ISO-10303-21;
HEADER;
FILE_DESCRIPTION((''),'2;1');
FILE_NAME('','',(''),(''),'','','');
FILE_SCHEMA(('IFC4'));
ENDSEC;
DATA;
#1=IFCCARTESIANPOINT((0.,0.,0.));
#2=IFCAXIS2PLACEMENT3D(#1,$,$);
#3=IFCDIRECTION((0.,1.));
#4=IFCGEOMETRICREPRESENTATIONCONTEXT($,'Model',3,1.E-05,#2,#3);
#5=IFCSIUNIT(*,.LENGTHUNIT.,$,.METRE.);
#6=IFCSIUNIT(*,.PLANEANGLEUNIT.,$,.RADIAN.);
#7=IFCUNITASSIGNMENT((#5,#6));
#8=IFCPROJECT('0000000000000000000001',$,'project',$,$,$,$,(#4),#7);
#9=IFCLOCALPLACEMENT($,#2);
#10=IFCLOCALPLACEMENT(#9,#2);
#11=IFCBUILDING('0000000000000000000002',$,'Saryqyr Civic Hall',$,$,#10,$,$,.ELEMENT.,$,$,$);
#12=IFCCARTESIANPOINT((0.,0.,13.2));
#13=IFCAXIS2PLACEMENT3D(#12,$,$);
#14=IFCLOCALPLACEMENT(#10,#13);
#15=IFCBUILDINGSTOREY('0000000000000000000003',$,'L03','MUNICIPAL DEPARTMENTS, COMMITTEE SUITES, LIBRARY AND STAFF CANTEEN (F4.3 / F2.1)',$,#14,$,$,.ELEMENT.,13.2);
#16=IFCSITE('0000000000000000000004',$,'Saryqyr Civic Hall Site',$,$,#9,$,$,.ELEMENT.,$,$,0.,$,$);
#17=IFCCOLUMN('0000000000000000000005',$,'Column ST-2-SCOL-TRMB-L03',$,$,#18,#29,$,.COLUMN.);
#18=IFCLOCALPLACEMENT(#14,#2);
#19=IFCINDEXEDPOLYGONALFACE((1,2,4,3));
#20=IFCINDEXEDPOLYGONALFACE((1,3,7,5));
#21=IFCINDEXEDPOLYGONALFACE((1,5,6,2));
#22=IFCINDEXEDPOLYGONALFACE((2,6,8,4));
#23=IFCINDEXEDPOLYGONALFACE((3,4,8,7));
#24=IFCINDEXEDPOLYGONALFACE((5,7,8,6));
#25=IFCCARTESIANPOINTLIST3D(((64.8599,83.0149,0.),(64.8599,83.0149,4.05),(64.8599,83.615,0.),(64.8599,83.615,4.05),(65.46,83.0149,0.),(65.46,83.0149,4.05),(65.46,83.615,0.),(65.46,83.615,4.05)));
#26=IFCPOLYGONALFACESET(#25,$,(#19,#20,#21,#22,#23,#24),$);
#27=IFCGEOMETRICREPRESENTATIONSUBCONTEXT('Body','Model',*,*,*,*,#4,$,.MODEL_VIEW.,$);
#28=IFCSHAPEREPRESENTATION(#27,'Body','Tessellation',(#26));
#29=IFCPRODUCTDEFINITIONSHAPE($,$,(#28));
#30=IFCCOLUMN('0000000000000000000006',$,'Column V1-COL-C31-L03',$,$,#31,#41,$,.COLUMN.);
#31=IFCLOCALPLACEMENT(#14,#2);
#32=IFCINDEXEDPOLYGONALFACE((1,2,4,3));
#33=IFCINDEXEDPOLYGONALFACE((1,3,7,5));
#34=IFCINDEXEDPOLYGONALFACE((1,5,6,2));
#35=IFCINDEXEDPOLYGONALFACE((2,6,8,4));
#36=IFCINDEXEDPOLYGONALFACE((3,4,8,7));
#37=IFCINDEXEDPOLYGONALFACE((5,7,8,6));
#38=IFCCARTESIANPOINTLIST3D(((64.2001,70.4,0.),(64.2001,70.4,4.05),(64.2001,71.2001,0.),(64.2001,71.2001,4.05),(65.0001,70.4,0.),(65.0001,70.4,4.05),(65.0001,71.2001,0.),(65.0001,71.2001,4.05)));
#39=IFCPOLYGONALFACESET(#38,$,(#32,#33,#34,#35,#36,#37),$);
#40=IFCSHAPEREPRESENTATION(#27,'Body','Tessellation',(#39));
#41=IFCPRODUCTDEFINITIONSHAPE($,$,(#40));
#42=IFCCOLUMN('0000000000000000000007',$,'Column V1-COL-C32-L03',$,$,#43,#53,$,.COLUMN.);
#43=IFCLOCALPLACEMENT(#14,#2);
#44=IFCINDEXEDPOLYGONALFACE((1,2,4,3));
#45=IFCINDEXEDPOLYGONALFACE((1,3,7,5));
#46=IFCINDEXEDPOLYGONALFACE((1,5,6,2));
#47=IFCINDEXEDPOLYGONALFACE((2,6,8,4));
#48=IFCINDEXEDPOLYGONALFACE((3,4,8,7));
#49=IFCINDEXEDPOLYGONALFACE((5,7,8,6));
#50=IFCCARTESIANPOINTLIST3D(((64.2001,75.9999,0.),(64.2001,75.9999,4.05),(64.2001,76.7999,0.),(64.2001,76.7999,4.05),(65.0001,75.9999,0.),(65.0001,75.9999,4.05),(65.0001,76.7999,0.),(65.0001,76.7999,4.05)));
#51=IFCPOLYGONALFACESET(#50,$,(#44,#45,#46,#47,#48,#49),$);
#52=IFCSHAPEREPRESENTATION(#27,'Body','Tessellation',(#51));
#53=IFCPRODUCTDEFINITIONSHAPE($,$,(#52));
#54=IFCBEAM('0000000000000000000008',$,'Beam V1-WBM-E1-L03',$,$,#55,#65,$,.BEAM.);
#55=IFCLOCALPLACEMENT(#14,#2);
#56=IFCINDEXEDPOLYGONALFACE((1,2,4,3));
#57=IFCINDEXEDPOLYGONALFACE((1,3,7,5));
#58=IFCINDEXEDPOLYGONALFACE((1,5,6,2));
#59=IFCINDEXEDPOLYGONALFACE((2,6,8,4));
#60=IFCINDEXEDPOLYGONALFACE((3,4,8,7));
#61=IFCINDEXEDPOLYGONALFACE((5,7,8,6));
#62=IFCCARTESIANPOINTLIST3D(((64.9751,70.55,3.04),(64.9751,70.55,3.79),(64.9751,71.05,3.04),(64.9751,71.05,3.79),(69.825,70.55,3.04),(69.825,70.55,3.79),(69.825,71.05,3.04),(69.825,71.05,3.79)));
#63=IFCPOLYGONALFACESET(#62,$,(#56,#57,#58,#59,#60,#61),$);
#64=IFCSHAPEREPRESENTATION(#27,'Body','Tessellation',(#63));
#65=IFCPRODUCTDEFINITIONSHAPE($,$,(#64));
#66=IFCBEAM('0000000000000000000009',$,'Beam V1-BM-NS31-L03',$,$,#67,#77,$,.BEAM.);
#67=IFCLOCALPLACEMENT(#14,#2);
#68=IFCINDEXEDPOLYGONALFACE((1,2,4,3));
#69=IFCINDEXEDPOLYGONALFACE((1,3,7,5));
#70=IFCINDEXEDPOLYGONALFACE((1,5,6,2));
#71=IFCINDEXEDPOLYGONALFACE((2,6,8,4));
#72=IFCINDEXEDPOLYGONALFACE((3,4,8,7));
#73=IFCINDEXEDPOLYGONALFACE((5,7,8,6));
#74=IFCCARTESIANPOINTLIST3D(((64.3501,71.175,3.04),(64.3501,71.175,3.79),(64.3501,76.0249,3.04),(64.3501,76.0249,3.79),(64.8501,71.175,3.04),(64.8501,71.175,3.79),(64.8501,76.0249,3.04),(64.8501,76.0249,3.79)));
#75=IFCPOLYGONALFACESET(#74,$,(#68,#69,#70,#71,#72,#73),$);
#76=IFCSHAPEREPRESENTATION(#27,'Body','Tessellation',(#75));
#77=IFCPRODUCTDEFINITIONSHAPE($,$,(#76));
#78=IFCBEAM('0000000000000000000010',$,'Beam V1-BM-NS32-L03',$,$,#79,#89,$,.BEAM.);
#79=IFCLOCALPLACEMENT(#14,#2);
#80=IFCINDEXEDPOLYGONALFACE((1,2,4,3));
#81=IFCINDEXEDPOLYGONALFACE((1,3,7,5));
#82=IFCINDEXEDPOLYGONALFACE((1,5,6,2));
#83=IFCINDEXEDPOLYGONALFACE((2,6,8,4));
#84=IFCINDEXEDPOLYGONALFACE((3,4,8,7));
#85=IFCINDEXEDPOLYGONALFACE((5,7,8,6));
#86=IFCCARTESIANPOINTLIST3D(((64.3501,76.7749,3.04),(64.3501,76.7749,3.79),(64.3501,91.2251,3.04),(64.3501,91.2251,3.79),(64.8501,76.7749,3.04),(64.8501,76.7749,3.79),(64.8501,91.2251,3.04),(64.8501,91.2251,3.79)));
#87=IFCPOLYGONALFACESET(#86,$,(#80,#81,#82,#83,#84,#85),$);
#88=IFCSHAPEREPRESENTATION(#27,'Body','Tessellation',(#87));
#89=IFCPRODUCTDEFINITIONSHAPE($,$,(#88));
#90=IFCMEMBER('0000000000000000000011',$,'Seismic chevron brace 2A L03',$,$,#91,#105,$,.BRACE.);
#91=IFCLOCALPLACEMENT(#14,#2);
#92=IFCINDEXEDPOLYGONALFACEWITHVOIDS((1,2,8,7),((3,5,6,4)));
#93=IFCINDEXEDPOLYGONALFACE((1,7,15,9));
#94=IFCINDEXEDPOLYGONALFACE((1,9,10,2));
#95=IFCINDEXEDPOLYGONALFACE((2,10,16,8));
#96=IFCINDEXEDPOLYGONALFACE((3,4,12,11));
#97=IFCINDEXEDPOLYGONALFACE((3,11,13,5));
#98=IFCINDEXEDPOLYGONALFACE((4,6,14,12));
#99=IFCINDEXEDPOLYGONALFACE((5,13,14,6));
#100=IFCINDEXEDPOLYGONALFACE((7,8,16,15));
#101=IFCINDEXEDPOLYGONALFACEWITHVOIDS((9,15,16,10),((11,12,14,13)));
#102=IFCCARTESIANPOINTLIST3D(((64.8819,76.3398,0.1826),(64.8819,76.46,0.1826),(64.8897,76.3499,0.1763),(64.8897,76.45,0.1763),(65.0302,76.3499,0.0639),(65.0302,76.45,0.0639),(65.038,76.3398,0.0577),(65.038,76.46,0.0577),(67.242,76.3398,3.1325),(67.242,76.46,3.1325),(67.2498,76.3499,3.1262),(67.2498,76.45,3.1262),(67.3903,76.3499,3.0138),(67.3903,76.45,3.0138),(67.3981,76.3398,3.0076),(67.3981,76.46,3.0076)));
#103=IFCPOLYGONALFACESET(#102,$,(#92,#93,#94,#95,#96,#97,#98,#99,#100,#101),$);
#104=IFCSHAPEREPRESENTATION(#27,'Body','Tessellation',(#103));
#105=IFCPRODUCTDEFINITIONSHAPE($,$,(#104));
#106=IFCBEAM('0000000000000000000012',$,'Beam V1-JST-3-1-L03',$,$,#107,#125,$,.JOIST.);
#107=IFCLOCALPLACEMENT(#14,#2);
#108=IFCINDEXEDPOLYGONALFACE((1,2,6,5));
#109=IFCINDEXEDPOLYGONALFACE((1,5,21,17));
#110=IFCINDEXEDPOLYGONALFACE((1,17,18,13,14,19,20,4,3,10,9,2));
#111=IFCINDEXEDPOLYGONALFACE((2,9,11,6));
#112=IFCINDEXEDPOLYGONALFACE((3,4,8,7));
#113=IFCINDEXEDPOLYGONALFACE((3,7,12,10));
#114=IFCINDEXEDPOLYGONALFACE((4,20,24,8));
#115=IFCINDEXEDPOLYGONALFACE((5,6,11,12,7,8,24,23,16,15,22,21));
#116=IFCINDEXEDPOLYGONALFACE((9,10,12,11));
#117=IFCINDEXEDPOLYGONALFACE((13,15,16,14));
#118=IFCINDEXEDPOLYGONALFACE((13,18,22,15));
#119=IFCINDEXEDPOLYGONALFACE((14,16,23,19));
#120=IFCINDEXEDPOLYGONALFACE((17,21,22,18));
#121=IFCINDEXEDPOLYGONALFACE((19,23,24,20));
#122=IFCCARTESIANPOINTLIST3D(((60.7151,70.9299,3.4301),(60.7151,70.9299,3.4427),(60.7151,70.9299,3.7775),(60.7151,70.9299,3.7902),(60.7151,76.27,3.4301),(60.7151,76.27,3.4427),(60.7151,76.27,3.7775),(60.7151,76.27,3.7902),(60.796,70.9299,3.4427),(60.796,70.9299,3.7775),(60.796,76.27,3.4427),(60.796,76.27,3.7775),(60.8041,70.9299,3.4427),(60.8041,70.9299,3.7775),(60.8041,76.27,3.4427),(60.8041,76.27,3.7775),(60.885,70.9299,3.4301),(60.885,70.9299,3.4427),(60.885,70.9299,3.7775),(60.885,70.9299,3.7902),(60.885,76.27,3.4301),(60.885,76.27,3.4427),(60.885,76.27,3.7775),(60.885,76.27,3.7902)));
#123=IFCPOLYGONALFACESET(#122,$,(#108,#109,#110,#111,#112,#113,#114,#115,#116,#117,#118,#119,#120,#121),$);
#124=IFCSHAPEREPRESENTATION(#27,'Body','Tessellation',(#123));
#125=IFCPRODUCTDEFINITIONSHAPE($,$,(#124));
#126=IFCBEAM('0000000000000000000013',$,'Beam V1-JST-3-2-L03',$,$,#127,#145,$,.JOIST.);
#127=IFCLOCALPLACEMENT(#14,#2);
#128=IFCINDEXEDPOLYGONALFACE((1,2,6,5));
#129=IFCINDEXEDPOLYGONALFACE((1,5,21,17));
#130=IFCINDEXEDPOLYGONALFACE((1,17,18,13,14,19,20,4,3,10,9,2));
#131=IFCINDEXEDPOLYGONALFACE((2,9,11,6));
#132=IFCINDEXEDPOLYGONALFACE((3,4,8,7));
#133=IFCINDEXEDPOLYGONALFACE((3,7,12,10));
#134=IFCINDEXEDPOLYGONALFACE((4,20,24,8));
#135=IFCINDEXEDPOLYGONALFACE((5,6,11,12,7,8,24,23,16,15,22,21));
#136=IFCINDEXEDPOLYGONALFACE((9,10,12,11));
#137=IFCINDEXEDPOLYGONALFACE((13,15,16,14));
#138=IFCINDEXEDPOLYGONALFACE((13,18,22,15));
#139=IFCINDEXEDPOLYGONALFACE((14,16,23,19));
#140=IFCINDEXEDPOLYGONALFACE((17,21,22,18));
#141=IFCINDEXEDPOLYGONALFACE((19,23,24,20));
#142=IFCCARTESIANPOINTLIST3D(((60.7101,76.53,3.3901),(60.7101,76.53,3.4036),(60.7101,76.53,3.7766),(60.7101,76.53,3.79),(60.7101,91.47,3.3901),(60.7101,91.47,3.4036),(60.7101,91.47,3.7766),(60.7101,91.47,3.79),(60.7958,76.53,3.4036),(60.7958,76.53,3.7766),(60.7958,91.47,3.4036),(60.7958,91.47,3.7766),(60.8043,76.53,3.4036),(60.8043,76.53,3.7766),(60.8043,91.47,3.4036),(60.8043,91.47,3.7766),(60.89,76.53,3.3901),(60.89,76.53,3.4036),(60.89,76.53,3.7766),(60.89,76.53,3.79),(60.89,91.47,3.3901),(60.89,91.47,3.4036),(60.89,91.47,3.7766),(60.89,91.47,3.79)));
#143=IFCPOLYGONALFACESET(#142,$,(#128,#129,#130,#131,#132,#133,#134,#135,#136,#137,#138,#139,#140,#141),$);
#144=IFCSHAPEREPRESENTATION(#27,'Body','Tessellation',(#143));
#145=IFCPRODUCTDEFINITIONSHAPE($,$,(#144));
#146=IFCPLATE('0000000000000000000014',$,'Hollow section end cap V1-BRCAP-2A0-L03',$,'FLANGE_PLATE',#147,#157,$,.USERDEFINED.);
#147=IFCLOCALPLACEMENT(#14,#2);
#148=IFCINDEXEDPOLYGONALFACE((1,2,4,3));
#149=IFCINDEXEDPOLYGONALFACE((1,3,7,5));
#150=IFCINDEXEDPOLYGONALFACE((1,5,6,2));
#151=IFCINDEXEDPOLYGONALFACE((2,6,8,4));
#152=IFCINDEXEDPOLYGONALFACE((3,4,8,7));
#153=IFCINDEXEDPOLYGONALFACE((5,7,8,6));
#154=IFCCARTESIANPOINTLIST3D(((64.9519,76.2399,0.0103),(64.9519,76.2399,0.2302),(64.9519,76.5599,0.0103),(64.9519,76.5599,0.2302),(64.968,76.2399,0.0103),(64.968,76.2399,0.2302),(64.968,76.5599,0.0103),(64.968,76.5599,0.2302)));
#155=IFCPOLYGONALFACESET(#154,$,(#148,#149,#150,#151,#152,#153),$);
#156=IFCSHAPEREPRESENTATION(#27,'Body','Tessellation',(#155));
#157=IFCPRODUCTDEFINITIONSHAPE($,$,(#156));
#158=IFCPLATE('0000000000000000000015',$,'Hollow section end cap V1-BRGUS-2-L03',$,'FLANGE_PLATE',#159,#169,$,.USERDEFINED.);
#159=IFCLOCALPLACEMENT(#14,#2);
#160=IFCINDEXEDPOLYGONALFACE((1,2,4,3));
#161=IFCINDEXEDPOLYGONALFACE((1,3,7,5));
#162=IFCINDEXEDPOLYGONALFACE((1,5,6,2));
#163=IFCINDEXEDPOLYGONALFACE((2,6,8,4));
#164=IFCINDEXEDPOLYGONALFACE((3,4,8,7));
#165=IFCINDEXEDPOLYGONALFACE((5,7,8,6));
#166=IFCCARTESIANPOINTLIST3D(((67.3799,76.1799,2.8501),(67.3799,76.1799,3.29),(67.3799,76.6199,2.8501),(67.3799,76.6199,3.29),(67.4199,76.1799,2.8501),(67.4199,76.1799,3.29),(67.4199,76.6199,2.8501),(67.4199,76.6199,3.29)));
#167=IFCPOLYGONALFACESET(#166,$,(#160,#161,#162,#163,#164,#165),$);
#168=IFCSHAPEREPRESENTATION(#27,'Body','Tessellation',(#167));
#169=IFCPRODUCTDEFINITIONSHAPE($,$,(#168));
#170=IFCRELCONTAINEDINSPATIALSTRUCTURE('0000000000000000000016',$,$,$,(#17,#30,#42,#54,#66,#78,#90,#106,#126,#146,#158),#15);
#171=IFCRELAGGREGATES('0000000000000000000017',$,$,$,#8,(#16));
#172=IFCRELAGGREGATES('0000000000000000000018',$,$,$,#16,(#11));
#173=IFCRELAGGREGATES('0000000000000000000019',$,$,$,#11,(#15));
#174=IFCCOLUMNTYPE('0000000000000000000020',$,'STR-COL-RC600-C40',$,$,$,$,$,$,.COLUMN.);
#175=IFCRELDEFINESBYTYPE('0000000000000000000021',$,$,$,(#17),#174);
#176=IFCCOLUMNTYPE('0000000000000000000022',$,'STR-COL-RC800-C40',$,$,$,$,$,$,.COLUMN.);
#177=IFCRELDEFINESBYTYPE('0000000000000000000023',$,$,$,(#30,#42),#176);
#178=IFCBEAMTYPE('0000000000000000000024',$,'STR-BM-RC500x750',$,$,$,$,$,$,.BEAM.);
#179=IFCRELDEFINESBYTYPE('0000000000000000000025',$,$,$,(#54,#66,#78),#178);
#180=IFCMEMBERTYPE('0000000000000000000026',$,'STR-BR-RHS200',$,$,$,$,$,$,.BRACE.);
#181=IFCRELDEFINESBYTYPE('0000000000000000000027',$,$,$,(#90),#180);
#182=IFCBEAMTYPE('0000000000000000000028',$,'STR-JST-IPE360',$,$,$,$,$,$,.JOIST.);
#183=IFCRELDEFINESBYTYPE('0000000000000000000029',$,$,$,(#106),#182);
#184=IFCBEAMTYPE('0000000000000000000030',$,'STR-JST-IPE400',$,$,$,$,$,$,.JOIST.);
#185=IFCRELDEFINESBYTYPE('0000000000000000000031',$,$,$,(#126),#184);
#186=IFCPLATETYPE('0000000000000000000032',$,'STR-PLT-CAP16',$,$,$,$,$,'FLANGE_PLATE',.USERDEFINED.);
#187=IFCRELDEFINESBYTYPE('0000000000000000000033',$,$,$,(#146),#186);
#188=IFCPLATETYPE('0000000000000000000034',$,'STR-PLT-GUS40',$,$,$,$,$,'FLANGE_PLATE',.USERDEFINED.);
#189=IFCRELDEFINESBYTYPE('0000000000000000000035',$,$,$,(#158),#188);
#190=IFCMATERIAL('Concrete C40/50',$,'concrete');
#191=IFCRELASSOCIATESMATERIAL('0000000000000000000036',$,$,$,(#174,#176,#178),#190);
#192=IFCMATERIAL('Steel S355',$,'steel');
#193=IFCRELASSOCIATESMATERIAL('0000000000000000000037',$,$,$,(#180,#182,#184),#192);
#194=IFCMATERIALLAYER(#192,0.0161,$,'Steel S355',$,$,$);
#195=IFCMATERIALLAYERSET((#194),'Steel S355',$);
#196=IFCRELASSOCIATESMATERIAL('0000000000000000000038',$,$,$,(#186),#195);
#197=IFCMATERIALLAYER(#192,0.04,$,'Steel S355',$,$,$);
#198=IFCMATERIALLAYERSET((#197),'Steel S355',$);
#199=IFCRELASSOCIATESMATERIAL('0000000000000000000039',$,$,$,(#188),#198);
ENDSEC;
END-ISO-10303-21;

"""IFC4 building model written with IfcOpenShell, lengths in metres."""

from ifc_helpers import new_model, si_unit, direction, frame, origin, origin_2d, place, context, subcontext, project, spatial, rectangle, hollow_rectangle, i_section, extrude, material, layer, layer_set, material_profile, profile_set, type_object, element, save


model = new_model("IFC4")

# Units and contexts
model_context = context("Model", 3, precision=1e-05, world=origin(), true_north=direction((0.0, 1.0)))
body_context = subcontext(model_context, "Body", "Model", "MODEL_VIEW")
ifc_project = project(units=[si_unit("LENGTHUNIT", "METRE"), si_unit("PLANEANGLEUNIT", "RADIAN")], contexts=[model_context])

# Site, building, storey
site_placement = place(None, origin())
site = spatial("IfcSite", under=ifc_project, at=site_placement, Name="Saryqyr Civic Hall Site", CompositionType="ELEMENT", RefElevation=0.0)
building_placement = place(site_placement, origin())
building = spatial("IfcBuilding", under=site, at=building_placement, Name="Saryqyr Civic Hall", CompositionType="ELEMENT")
storey_placement = place(building_placement, frame((0.0, 0.0, 13.2)))
storey = spatial("IfcBuildingStorey", under=building, at=storey_placement, Name="L03", Description="MUNICIPAL DEPARTMENTS, COMMITTEE SUITES, LIBRARY AND STAFF CANTEEN (F4.3 / F2.1)", CompositionType="ELEMENT", Elevation=13.2)

# Columns
ifc_material_1 = material(Name="Concrete C40/50", Category="concrete")
ifc_material_profile_1 = material_profile(ifc_material_1, rectangle(XDim=0.6001, YDim=0.6001, at=origin_2d()), Name="RC 600x600")
ifc_profile_set_1 = profile_set([ifc_material_profile_1], Name="Concrete C40/50")
column_type_1 = type_object("IfcColumnType", Name="STR-COL-RC600-C40", PredefinedType="COLUMN", material=ifc_profile_set_1)
column_placement = place(storey_placement, frame((65.1599, 83.3149, 0.0), z_axis=(0.0, 0.0, 1.0), x_axis=(1.0, 0.0, 0.0)))
element("IfcColumn", 1, at=column_placement, inside=storey, type_object=column_type_1, Name="Column ST-2-SCOL-TRMB-L03", PredefinedType="COLUMN", context=body_context, shape_type="SweptSolid", body=[
    extrude(rectangle(XDim=0.6001, YDim=0.6001, at=origin_2d()), origin(), (0.0, 0.0, 1.0), 4.05),
])
ifc_material_profile_2 = material_profile(ifc_material_1, rectangle(XDim=0.8, YDim=0.8, at=origin_2d()), Name="RC 800x800")
ifc_profile_set_2 = profile_set([ifc_material_profile_2], Name="Concrete C40/50")
column_type_2 = type_object("IfcColumnType", Name="STR-COL-RC800-C40", PredefinedType="COLUMN", material=ifc_profile_set_2)
for number, where, z_axis, x_axis, name in (
    (2, (64.6001, 70.8, 0.0), (0.0, 0.0, 1.0), (1.0, 0.0, 0.0), "Column V1-COL-C31-L03"),
    (3, (64.6001, 76.3999, 0.0), (0.0, 0.0, 1.0), (1.0, 0.0, 0.0), "Column V1-COL-C32-L03"),
):
    element("IfcColumn", number, at=place(storey_placement, frame(where, z_axis=z_axis, x_axis=x_axis)), inside=storey, type_object=column_type_2, Name=name, PredefinedType="COLUMN", context=body_context, shape_type="SweptSolid", body=[
        extrude(rectangle(XDim=0.8, YDim=0.8, at=origin_2d()), origin(), (0.0, 0.0, 1.0), 4.05),
    ])

# Beams
ifc_material_profile_3 = material_profile(ifc_material_1, rectangle(XDim=0.5, YDim=0.75, at=origin_2d()), Name="RC 500x750")
ifc_profile_set_3 = profile_set([ifc_material_profile_3], Name="Concrete C40/50")
beam_type_1 = type_object("IfcBeamType", Name="STR-BM-RC500x750", PredefinedType="BEAM", material=ifc_profile_set_3)
for number, where, z_axis, x_axis, name in (
    (4, (64.9751, 70.8, 3.415), (1.0, 0.0, 0.0), (0.0, 1.0, 0.0), "Beam V1-WBM-E1-L03"),
    (5, (64.6001, 71.175, 3.415), (0.0, 1.0, 0.0), (-1.0, 0.0, 0.0), "Beam V1-BM-NS31-L03"),
):
    element("IfcBeam", number, at=place(storey_placement, frame(where, z_axis=z_axis, x_axis=x_axis)), inside=storey, type_object=beam_type_1, Name=name, PredefinedType="BEAM", context=body_context, shape_type="SweptSolid", body=[
        extrude(rectangle(XDim=0.5, YDim=0.75, at=origin_2d()), origin(), (0.0, 0.0, 1.0), 4.8499),
    ])
beam_1_placement = place(storey_placement, frame((64.6001, 76.7749, 3.415), z_axis=(0.0, 1.0, 0.0), x_axis=(-1.0, 0.0, 0.0)))
element("IfcBeam", 6, at=beam_1_placement, inside=storey, type_object=beam_type_1, Name="Beam V1-BM-NS32-L03", PredefinedType="BEAM", context=body_context, shape_type="SweptSolid", body=[
    extrude(rectangle(XDim=0.5, YDim=0.75, at=origin_2d()), origin(), (0.0, 0.0, 1.0), 14.4502),
])

# Member
ifc_material_2 = material(Name="Steel S355", Category="steel")
ifc_material_profile_4 = material_profile(ifc_material_2, hollow_rectangle(XDim=0.1201, YDim=0.2, WallThickness=0.01, at=origin_2d()), Name="RHS 200x120x10")
ifc_profile_set_4 = profile_set([ifc_material_profile_4], Name="Steel S355")
member_type = type_object("IfcMemberType", Name="STR-BR-RHS200", PredefinedType="BRACE", material=ifc_profile_set_4)
member_placement = place(storey_placement, frame((64.96, 76.3999, 0.1201), z_axis=(0.624719, 0.0, 0.78085), x_axis=(0.0, 1.0, 0.0)))
element("IfcMember", 7, at=member_placement, inside=storey, type_object=member_type, Name="Seismic chevron brace 2A L03", PredefinedType="BRACE", context=body_context, shape_type="SweptSolid", body=[
    extrude(hollow_rectangle(XDim=0.1201, YDim=0.2, WallThickness=0.01, at=origin_2d()), origin(), (0.0, 0.0, 1.0), 3.7778),
])

# Beams
ifc_material_profile_5 = material_profile(ifc_material_2, i_section(OverallWidth=0.1699, OverallDepth=0.3601, WebThickness=0.0081, FlangeThickness=0.0127, at=origin_2d()), Name="IPE 360")
ifc_profile_set_5 = profile_set([ifc_material_profile_5], Name="Steel S355")
beam_type_2 = type_object("IfcBeamType", Name="STR-JST-IPE360", PredefinedType="JOIST", material=ifc_profile_set_5)
beam_2_placement = place(storey_placement, frame((60.8, 70.9299, 3.6101), z_axis=(0.0, 1.0, 0.0), x_axis=(-1.0, 0.0, 0.0)))
element("IfcBeam", 8, at=beam_2_placement, inside=storey, type_object=beam_type_2, Name="Beam V1-JST-3-1-L03", PredefinedType="JOIST", context=body_context, shape_type="SweptSolid", body=[
    extrude(i_section(OverallWidth=0.1699, OverallDepth=0.3601, WebThickness=0.0081, FlangeThickness=0.0127, at=origin_2d()), origin(), (0.0, 0.0, 1.0), 5.3401),
])
ifc_material_profile_6 = material_profile(ifc_material_2, i_section(OverallWidth=0.1799, OverallDepth=0.3999, WebThickness=0.0085, FlangeThickness=0.0134, at=origin_2d()), Name="IPE 400")
ifc_profile_set_6 = profile_set([ifc_material_profile_6], Name="Steel S355")
beam_type_3 = type_object("IfcBeamType", Name="STR-JST-IPE400", PredefinedType="JOIST", material=ifc_profile_set_6)
beam_3_placement = place(storey_placement, frame((60.8, 76.53, 3.5901), z_axis=(0.0, 1.0, 0.0), x_axis=(-1.0, 0.0, 0.0)))
element("IfcBeam", 9, at=beam_3_placement, inside=storey, type_object=beam_type_3, Name="Beam V1-JST-3-2-L03", PredefinedType="JOIST", context=body_context, shape_type="SweptSolid", body=[
    extrude(i_section(OverallWidth=0.1799, OverallDepth=0.3999, WebThickness=0.0085, FlangeThickness=0.0134, at=origin_2d()), origin(), (0.0, 0.0, 1.0), 14.9399),
])

# Plates
ifc_layer_1 = layer(ifc_material_2, 0.0161, Name="Steel S355")
ifc_layer_set_1 = layer_set([ifc_layer_1], Name="Steel S355")
plate_type_1 = type_object("IfcPlateType", Name="STR-PLT-CAP16", ElementType="FLANGE_PLATE", PredefinedType="USERDEFINED", material=ifc_layer_set_1)
plate_1_placement = place(storey_placement, frame((64.96, 76.3999, 0.0103), z_axis=(0.0, 0.0, 1.0), x_axis=(1.0, 0.0, 0.0)))
element("IfcPlate", 10, at=plate_1_placement, inside=storey, type_object=plate_type_1, Name="Hollow section end cap V1-BRCAP-2A0-L03", ObjectType="FLANGE_PLATE", PredefinedType="USERDEFINED", context=body_context, shape_type="SweptSolid", body=[
    extrude(rectangle(XDim=0.0161, YDim=0.3201, at=origin_2d()), origin(), (0.0, 0.0, 1.0), 0.22),
])
ifc_layer_2 = layer(ifc_material_2, 0.04, Name="Steel S355")
ifc_layer_set_2 = layer_set([ifc_layer_2], Name="Steel S355")
plate_type_2 = type_object("IfcPlateType", Name="STR-PLT-GUS40", ElementType="FLANGE_PLATE", PredefinedType="USERDEFINED", material=ifc_layer_set_2)
plate_2_placement = place(storey_placement, frame((67.3999, 76.3999, 2.8501), z_axis=(0.0, 0.0, 1.0), x_axis=(1.0, 0.0, 0.0)))
element("IfcPlate", 11, at=plate_2_placement, inside=storey, type_object=plate_type_2, Name="Hollow section end cap V1-BRGUS-2-L03", ObjectType="FLANGE_PLATE", PredefinedType="USERDEFINED", context=body_context, shape_type="SweptSolid", body=[
    extrude(rectangle(XDim=0.04, YDim=0.4399, at=origin_2d()), origin(), (0.0, 0.0, 1.0), 0.4399),
])

save(model, "model.ifc")
